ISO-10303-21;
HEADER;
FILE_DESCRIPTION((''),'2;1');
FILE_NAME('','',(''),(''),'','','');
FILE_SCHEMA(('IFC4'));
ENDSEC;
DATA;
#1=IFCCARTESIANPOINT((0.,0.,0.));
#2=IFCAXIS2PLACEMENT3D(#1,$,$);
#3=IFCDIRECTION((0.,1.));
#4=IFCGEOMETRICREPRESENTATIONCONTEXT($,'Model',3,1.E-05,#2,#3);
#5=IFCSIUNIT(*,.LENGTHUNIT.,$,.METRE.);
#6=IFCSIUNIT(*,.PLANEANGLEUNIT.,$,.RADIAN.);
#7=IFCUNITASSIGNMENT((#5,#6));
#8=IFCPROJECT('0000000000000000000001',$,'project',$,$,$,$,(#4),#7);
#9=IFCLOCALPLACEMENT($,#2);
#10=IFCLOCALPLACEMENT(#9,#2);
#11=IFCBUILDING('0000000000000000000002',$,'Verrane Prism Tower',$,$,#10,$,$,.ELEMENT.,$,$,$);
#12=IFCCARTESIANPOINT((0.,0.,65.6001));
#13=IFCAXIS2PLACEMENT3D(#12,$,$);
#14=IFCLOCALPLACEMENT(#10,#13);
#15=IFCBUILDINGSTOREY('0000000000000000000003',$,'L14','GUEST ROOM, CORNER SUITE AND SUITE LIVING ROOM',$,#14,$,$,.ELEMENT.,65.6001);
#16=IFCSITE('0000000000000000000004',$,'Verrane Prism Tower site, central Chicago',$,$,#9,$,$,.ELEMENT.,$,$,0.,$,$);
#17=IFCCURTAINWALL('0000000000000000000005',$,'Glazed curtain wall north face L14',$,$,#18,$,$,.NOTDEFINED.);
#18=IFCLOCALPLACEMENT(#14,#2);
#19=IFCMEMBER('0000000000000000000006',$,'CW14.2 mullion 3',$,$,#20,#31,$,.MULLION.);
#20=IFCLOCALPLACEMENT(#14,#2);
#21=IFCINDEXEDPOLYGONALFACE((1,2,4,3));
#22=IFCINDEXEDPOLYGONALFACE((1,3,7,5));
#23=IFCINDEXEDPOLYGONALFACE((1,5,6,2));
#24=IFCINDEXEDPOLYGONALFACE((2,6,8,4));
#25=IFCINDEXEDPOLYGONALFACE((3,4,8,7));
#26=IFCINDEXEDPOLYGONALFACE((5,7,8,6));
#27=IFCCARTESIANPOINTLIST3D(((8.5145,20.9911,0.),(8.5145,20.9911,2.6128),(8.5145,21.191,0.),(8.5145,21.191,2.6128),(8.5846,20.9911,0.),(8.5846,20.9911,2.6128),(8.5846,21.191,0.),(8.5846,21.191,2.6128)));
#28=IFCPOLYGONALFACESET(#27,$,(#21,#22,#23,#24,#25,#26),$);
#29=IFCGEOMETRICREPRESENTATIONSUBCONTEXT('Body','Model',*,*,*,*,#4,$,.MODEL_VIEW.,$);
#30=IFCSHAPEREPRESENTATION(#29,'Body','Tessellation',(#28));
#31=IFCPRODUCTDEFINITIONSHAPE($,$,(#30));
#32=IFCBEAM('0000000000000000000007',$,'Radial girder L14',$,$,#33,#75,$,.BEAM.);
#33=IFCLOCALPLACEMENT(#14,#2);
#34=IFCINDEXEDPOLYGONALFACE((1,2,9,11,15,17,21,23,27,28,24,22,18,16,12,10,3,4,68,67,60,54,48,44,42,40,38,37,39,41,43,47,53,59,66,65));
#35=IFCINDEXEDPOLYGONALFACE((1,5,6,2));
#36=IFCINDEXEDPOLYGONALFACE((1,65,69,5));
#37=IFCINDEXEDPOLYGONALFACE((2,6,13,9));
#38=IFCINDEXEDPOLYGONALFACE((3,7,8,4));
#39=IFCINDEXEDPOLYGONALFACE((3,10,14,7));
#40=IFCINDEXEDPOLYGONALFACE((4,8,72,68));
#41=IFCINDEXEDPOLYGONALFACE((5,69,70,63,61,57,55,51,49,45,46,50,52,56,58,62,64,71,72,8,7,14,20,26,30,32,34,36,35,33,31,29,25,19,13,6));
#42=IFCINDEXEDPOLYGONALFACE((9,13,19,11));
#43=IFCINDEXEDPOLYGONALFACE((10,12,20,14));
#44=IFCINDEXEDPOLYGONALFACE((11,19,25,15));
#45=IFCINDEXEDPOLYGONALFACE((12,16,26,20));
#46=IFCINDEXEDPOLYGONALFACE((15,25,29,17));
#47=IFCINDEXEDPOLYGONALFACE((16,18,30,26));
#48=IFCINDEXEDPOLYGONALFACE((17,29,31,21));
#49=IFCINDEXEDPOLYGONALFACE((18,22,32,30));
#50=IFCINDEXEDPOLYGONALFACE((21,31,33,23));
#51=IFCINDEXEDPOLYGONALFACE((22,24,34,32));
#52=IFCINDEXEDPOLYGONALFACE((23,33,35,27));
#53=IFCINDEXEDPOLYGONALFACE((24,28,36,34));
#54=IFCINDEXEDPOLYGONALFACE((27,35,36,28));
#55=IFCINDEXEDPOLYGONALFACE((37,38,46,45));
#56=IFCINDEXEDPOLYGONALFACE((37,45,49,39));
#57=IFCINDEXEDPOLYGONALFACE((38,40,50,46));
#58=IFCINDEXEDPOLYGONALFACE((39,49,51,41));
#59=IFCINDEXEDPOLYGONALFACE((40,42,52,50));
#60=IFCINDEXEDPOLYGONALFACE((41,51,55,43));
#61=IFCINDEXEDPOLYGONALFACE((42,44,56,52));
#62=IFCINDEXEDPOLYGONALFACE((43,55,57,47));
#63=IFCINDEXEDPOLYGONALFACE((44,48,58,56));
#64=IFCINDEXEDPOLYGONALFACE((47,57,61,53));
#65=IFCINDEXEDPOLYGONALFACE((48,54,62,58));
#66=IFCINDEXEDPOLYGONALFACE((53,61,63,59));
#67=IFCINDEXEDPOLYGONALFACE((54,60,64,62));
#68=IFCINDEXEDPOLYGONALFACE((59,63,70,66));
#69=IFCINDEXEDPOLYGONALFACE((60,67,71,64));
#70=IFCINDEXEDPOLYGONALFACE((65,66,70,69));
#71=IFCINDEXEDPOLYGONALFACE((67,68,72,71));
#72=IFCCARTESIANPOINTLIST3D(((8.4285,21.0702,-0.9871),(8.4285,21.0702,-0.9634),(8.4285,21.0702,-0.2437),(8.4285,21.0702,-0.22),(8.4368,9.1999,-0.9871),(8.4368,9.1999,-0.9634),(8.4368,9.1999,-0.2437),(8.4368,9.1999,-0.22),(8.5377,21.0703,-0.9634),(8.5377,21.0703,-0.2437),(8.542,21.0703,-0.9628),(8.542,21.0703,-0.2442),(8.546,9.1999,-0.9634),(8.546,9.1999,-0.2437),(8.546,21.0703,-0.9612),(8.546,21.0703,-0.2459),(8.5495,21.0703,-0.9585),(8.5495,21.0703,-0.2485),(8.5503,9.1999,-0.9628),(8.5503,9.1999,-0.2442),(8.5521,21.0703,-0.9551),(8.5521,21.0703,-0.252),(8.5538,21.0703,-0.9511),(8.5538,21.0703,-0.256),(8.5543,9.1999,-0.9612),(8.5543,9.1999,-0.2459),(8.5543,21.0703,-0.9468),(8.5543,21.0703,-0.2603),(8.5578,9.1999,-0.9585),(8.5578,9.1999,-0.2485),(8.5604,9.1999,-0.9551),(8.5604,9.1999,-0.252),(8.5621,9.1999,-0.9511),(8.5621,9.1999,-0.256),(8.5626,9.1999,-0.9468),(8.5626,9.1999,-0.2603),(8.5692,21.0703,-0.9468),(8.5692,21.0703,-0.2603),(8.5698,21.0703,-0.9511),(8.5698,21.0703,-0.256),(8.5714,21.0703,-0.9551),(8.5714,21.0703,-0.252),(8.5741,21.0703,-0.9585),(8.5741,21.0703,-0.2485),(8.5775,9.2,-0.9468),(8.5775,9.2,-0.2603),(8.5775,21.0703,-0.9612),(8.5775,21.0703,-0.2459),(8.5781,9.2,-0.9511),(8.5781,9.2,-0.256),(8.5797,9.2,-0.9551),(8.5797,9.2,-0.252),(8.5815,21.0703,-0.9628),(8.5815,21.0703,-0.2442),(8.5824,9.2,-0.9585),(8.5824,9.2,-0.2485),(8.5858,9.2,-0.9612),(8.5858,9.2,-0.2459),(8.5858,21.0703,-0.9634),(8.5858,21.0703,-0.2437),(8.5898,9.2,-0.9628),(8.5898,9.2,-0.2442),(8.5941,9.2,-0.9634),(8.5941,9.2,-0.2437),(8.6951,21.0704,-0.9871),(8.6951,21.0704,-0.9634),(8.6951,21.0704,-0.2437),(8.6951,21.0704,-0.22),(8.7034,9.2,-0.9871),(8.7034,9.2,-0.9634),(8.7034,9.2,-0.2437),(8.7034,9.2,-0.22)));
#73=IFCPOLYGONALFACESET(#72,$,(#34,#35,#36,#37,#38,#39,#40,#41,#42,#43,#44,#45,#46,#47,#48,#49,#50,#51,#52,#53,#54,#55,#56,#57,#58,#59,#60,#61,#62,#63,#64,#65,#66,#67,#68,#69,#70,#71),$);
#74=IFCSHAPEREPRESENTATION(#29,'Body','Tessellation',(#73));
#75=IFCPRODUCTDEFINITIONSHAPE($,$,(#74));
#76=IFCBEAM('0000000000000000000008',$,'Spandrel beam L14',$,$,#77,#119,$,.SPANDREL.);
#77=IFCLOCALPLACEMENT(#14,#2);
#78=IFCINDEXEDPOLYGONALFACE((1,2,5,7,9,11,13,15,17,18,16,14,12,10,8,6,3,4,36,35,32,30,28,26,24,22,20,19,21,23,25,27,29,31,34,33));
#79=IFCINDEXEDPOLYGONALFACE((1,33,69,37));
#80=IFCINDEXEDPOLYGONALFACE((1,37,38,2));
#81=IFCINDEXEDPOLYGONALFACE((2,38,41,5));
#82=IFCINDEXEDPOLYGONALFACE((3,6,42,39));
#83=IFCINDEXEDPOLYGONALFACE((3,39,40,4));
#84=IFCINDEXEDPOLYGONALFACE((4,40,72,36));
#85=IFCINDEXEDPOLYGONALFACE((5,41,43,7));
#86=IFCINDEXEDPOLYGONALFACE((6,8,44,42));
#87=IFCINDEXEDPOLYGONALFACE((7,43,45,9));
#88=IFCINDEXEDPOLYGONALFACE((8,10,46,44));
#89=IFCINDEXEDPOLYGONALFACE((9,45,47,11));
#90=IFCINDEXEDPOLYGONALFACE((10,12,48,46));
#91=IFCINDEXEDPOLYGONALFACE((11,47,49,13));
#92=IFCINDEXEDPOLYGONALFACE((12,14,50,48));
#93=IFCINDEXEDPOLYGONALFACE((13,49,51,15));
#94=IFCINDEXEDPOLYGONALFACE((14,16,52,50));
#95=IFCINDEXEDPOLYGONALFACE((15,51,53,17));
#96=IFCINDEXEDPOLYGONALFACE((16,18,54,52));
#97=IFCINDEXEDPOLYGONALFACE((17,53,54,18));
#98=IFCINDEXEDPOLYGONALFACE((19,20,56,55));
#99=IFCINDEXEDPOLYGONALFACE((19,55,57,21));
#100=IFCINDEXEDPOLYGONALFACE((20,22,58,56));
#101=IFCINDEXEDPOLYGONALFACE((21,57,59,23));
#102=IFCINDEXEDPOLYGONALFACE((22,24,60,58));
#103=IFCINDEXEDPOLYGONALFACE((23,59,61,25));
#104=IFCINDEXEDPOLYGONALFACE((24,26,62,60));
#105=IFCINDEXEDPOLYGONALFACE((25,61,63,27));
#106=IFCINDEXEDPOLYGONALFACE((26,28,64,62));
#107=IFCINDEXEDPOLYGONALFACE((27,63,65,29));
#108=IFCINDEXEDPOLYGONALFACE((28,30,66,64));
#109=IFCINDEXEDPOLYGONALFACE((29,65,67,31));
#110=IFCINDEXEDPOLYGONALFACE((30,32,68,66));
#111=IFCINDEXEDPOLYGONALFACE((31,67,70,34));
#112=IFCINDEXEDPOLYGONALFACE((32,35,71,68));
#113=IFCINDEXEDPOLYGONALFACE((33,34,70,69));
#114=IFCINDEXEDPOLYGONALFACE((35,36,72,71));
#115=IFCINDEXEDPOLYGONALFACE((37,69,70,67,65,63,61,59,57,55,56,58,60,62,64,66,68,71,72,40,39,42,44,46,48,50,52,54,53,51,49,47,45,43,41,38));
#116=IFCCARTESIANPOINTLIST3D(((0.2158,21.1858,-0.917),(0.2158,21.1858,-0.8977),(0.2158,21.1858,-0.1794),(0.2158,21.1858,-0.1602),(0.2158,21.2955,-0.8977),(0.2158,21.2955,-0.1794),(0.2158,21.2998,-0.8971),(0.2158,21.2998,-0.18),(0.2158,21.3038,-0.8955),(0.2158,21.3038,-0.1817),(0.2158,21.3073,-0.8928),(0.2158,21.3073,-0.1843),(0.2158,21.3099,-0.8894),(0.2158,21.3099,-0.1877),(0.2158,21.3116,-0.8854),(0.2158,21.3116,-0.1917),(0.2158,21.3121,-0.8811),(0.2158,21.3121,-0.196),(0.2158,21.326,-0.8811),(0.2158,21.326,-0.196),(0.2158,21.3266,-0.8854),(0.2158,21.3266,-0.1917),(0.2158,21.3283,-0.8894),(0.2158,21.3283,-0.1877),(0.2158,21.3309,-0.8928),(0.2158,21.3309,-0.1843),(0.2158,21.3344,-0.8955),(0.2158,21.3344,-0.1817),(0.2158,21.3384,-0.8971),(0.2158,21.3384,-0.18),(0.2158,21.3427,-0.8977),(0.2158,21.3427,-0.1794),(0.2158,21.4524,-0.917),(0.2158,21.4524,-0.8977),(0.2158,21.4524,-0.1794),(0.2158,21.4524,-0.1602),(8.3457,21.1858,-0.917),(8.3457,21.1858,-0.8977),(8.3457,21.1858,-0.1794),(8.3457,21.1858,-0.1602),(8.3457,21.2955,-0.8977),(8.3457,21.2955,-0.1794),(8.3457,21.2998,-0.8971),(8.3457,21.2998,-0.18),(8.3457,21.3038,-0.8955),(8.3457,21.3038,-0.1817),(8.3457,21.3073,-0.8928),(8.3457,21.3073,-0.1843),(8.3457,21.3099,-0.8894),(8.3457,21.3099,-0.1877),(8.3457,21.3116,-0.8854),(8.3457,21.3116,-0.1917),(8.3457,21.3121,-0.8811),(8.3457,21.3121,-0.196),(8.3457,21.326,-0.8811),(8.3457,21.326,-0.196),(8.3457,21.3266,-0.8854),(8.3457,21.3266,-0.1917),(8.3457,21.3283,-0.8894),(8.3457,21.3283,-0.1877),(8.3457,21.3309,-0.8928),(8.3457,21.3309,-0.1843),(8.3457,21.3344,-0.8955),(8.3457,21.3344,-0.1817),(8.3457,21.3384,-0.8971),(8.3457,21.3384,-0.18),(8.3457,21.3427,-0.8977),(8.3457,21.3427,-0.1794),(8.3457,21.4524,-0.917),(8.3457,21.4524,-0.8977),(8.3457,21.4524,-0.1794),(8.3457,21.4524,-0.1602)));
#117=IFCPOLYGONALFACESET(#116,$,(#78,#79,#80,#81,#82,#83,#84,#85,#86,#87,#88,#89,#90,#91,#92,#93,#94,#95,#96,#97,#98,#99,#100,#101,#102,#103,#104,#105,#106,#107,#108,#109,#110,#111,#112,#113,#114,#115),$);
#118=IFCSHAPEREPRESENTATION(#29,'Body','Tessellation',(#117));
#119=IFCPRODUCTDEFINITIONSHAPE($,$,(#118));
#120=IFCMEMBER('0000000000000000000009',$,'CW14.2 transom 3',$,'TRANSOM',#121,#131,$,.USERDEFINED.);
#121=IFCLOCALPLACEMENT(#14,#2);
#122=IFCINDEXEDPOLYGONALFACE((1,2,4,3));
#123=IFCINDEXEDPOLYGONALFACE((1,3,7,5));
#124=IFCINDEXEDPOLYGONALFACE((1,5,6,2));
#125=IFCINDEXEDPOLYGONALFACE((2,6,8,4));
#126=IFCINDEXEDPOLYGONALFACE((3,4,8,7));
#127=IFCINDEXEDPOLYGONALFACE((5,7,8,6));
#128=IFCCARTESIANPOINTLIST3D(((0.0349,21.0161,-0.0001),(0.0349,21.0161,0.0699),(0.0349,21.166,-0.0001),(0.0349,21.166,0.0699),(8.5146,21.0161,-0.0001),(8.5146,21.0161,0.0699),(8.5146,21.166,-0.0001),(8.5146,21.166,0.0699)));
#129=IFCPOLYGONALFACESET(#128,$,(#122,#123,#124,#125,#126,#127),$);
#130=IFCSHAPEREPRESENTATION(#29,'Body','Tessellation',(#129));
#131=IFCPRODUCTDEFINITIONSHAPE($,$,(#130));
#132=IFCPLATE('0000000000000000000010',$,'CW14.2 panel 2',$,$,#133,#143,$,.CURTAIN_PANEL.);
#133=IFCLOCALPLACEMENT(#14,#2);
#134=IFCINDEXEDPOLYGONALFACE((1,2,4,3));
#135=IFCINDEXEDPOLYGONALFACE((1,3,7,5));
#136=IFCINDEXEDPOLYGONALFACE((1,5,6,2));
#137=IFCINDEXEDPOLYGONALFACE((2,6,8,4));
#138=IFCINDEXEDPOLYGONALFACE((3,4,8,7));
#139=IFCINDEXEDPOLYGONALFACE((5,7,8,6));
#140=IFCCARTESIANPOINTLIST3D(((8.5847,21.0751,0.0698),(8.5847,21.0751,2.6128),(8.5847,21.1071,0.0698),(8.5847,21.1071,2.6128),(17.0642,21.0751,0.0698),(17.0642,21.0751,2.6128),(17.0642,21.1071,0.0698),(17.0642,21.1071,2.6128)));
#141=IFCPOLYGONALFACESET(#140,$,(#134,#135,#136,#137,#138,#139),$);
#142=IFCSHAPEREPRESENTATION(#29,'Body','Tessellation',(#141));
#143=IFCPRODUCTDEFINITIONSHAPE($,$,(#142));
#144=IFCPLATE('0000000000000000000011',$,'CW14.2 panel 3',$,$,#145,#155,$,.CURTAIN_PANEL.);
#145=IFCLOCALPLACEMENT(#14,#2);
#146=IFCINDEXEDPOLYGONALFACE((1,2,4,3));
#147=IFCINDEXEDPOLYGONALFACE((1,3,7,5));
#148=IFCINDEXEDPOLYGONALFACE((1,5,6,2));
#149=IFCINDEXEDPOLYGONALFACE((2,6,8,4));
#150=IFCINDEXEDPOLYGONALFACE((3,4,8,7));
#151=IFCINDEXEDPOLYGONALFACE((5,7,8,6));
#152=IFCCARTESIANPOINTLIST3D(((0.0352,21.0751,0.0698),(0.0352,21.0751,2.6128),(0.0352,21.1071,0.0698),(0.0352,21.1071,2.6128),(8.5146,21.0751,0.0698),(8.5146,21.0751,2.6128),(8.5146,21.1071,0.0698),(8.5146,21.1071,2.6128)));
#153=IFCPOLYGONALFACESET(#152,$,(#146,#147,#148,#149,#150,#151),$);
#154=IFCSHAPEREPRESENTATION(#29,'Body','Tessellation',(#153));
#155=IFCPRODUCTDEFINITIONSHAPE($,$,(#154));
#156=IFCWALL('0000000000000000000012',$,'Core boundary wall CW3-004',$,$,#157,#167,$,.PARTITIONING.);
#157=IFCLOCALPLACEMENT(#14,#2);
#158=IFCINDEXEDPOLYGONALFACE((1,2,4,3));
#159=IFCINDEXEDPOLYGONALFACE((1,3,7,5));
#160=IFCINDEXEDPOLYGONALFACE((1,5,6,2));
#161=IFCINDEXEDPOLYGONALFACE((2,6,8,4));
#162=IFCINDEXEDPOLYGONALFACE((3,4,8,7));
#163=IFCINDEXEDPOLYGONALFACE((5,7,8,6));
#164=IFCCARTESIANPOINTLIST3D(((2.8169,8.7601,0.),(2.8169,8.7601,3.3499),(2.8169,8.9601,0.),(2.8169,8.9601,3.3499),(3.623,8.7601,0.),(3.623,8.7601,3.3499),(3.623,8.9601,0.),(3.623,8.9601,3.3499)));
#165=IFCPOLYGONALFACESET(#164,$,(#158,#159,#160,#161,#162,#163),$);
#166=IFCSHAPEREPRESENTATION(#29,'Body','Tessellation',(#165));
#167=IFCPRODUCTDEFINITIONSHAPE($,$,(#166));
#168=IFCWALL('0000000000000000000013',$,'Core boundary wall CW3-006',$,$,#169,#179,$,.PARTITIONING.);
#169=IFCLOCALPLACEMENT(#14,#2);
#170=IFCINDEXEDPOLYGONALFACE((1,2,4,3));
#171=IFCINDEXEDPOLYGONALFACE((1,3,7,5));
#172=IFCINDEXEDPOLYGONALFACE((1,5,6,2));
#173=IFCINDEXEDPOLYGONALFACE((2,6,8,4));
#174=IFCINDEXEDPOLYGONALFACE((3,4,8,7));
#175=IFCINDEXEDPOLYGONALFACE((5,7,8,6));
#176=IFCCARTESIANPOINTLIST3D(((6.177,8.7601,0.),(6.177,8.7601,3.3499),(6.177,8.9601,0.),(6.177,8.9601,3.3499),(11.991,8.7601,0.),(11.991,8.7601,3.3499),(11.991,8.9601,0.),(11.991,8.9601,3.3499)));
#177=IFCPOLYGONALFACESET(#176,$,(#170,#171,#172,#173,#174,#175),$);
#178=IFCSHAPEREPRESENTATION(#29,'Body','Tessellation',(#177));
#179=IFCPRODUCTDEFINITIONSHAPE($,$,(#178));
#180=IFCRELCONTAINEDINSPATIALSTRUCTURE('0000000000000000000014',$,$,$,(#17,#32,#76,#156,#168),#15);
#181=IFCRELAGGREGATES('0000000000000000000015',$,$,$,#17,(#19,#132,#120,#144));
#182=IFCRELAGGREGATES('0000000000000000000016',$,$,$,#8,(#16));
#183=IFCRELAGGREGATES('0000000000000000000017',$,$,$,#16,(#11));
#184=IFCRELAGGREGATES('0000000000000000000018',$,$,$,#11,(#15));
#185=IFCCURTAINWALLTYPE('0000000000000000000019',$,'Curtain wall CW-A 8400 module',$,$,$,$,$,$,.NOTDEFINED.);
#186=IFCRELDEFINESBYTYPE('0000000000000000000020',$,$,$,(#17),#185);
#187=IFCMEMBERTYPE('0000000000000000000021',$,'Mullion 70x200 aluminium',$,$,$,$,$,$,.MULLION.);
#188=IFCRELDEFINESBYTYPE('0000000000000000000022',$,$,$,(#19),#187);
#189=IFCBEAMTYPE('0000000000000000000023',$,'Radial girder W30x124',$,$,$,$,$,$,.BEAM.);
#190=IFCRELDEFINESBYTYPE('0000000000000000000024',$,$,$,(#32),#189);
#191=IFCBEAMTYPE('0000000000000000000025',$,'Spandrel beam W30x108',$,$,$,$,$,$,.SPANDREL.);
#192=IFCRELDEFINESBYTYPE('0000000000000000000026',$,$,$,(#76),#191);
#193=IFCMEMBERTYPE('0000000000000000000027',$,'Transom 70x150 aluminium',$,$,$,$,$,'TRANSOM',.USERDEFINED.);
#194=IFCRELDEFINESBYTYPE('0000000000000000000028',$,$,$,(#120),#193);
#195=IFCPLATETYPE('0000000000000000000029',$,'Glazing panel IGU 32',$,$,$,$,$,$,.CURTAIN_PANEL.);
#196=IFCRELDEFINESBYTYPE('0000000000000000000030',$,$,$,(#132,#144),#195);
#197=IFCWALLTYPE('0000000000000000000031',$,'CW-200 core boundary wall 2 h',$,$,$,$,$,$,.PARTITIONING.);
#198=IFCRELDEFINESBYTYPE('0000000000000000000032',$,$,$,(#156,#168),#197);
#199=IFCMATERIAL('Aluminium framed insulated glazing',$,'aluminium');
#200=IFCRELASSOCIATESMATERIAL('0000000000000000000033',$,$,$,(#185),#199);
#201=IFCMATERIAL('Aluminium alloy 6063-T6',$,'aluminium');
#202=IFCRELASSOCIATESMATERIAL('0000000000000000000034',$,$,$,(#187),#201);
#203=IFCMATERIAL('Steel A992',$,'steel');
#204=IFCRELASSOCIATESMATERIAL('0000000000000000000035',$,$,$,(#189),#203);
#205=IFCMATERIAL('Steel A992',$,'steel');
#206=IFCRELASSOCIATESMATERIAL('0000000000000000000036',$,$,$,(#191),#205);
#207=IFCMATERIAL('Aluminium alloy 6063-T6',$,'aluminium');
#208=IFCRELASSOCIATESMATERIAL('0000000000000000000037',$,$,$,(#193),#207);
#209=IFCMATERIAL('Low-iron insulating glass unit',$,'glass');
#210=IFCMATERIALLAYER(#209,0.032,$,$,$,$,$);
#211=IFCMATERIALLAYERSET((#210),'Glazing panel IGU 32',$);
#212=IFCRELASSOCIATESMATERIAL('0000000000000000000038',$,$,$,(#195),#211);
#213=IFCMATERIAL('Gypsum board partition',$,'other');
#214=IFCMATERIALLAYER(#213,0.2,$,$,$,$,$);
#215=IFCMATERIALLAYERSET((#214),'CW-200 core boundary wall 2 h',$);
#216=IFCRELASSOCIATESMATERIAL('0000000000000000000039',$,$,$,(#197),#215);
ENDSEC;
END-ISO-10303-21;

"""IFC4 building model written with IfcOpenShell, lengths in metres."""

from ifc_helpers import new_model, si_unit, direction, frame, frame_2d, origin, origin_2d, place, context, subcontext, project, spatial, rectangle, i_section, extrude, material, layer, layer_set, material_profile, profile_set, type_object, element, aggregate, save


model = new_model("IFC4")

# Units and contexts
model_context = context("Model", 3, precision=1e-05, world=origin(), true_north=direction((0.0, 1.0)))
body_context = subcontext(model_context, "Body", "Model", "MODEL_VIEW")
ifc_project = project(units=[si_unit("LENGTHUNIT", "METRE"), si_unit("PLANEANGLEUNIT", "RADIAN")], contexts=[model_context])

# Site, building, storey
site_placement = place(None, origin())
site = spatial("IfcSite", under=ifc_project, at=site_placement, Name="Verrane Prism Tower site, central Chicago", CompositionType="ELEMENT", RefElevation=0.0)
building_placement = place(site_placement, origin())
building = spatial("IfcBuilding", under=site, at=building_placement, Name="Verrane Prism Tower", CompositionType="ELEMENT")
storey_placement = place(building_placement, frame((0.0, 0.0, 65.6001)))
storey = spatial("IfcBuildingStorey", under=building, at=storey_placement, Name="L14", Description="GUEST ROOM, CORNER SUITE AND SUITE LIVING ROOM", CompositionType="ELEMENT", Elevation=65.6001)

# Curtain wall, member
ifc_material_1 = material(Name="Aluminium framed insulated glazing", Category="aluminium")
curtain_wall_type = type_object("IfcCurtainWallType", Name="Curtain wall CW-A 8400 module", PredefinedType="NOTDEFINED", material=ifc_material_1)
curtain_wall_placement = place(storey_placement, origin())
curtain_wall = element("IfcCurtainWall", 1, at=curtain_wall_placement, inside=storey, type_object=curtain_wall_type, Name="Glazed curtain wall north face L14", PredefinedType="NOTDEFINED")
ifc_material_2 = material(Name="Aluminium alloy 6063-T6", Category="aluminium")
ifc_material_profile_1 = material_profile(ifc_material_2, rectangle(XDim=0.2, YDim=0.0701, at=origin_2d()), Name="Mullion 70x200 aluminium")
ifc_profile_set_1 = profile_set([ifc_material_profile_1], Name="Aluminium alloy 6063-T6")
member_type_1 = type_object("IfcMemberType", Name="Mullion 70x200 aluminium", PredefinedType="MULLION", material=ifc_profile_set_1)
member_1_placement = place(storey_placement, frame((8.5496, 21.0911, 0.0), z_axis=(0.0, 0.0, 1.0), x_axis=(0.0, -1.0, 0.0)))
member_1 = element("IfcMember", 2, at=member_1_placement, type_object=member_type_1, Name="CW14.2 mullion 3", PredefinedType="MULLION", context=body_context, shape_type="SweptSolid", body=[
    extrude(rectangle(XDim=0.2, YDim=0.0701, at=origin_2d()), origin(), (0.0, 0.0, 1.0), 2.6128),
])

# Beams
ifc_material_3 = material(Name="Steel A992", Category="steel")
ifc_material_profile_2 = material_profile(ifc_material_3, i_section(OverallWidth=0.2666, OverallDepth=0.7671, WebThickness=0.0149, FlangeThickness=0.0237, FilletRadius=0.0166, at=origin_2d()), Name="W30x124")
ifc_profile_set_2 = profile_set([ifc_material_profile_2], Name="Steel A992")
beam_type_1 = type_object("IfcBeamType", Name="Radial girder W30x124", PredefinedType="BEAM", material=ifc_profile_set_2)
beam_1_placement = place(storey_placement, frame((8.5618, 21.0703, -0.6035), z_axis=(0.000699, -1.0, 0.0), x_axis=(1.0, 0.000699, 0.0)))
element("IfcBeam", 3, at=beam_1_placement, inside=storey, type_object=beam_type_1, Name="Radial girder L14", PredefinedType="BEAM", context=body_context, shape_type="SweptSolid", body=[
    extrude(i_section(OverallWidth=0.2666, OverallDepth=0.7671, WebThickness=0.0149, FlangeThickness=0.0237, FilletRadius=0.0166, at=origin_2d()), origin(), (0.0, 0.0, 1.0), 11.8704),
])
ifc_material_4 = material(Name="Steel A992", Category="steel")
ifc_material_profile_3 = material_profile(ifc_material_4, i_section(OverallWidth=0.2666, OverallDepth=0.7568, WebThickness=0.0139, FlangeThickness=0.0193, FilletRadius=0.0166, at=origin_2d()), Name="W30x108")
ifc_profile_set_3 = profile_set([ifc_material_profile_3], Name="Steel A992")
beam_type_2 = type_object("IfcBeamType", Name="Spandrel beam W30x108", PredefinedType="SPANDREL", material=ifc_profile_set_3)
beam_2_placement = place(storey_placement, frame((8.3457, 21.3191, -0.5386), z_axis=(-1.0, 0.0, 0.0), x_axis=(0.0, -1.0, 0.0)))
element("IfcBeam", 4, at=beam_2_placement, inside=storey, type_object=beam_type_2, Name="Spandrel beam L14", PredefinedType="SPANDREL", context=body_context, shape_type="SweptSolid", body=[
    extrude(i_section(OverallWidth=0.2666, OverallDepth=0.7568, WebThickness=0.0139, FlangeThickness=0.0193, FilletRadius=0.0166, at=origin_2d()), origin(), (0.0, 0.0, 1.0), 8.1299),
])

# Member
ifc_material_5 = material(Name="Aluminium alloy 6063-T6", Category="aluminium")
ifc_material_profile_4 = material_profile(ifc_material_5, rectangle(XDim=0.1499, YDim=0.0701, at=origin_2d()), Name="Transom 70x150 aluminium")
ifc_profile_set_4 = profile_set([ifc_material_profile_4], Name="Aluminium alloy 6063-T6")
member_type_2 = type_object("IfcMemberType", Name="Transom 70x150 aluminium", ElementType="TRANSOM", PredefinedType="USERDEFINED", material=ifc_profile_set_4)
member_2_placement = place(storey_placement, frame((8.5146, 21.0911, 0.0349), z_axis=(-1.0, 0.0, 0.0), x_axis=(0.0, -1.0, 0.0)))
member_2 = element("IfcMember", 5, at=member_2_placement, type_object=member_type_2, Name="CW14.2 transom 3", ObjectType="TRANSOM", PredefinedType="USERDEFINED", context=body_context, shape_type="SweptSolid", body=[
    extrude(rectangle(XDim=0.1499, YDim=0.0701, at=origin_2d()), origin(), (0.0, 0.0, 1.0), 8.4797),
])

# Plates
ifc_material_6 = material(Name="Low-iron insulating glass unit", Category="glass")
ifc_layer_1 = layer(ifc_material_6, 0.032)
ifc_layer_set_1 = layer_set([ifc_layer_1], Name="Glazing panel IGU 32")
plate_type = type_object("IfcPlateType", Name="Glazing panel IGU 32", PredefinedType="CURTAIN_PANEL", material=ifc_layer_set_1)
plate_1_placement = place(storey_placement, frame((12.8245, 21.0911, 0.0698), z_axis=(0.0, 0.0, 1.0), x_axis=(-1.0, 0.0, 0.0)))
plate_1 = element("IfcPlate", 6, at=plate_1_placement, type_object=plate_type, Name="CW14.2 panel 2", PredefinedType="CURTAIN_PANEL", context=body_context, shape_type="SweptSolid", body=[
    extrude(rectangle(XDim=8.4795, YDim=0.032, at=origin_2d()), origin(), (0.0, 0.0, 1.0), 2.543),
])
plate_2_placement = place(storey_placement, frame((4.2749, 21.0911, 0.0698), z_axis=(0.0, 0.0, 1.0), x_axis=(-1.0, 0.0, 0.0)))
plate_2 = element("IfcPlate", 7, at=plate_2_placement, type_object=plate_type, Name="CW14.2 panel 3", PredefinedType="CURTAIN_PANEL", context=body_context, shape_type="SweptSolid", body=[
    extrude(rectangle(XDim=8.4795, YDim=0.032, at=origin_2d()), origin(), (0.0, 0.0, 1.0), 2.543),
])
aggregate(curtain_wall, [member_1, plate_1, member_2, plate_2])

# Walls
ifc_material_7 = material(Name="Gypsum board partition", Category="other")
ifc_layer_2 = layer(ifc_material_7, 0.2)
ifc_layer_set_2 = layer_set([ifc_layer_2], Name="CW-200 core boundary wall 2 h")
wall_type_1 = type_object("IfcWallType", Name="CW-200 core boundary wall 2 h", PredefinedType="PARTITIONING", material=ifc_layer_set_2)
wall_1_placement = place(storey_placement, frame((2.8169, 8.8601, 0.0), z_axis=(0.0, 0.0, 1.0), x_axis=(1.0, 0.0, 0.0)))
element("IfcWall", 8, at=wall_1_placement, inside=storey, type_object=wall_type_1, Name="Core boundary wall CW3-004", PredefinedType="PARTITIONING", context=body_context, shape_type="SweptSolid", body=[
    extrude(rectangle(XDim=0.8062, YDim=0.2, at=frame_2d((0.4031, 0.0))), origin(), (0.0, 0.0, 1.0), 3.3499),
])
wall_2_placement = place(storey_placement, frame((6.177, 8.8601, 0.0), z_axis=(0.0, 0.0, 1.0), x_axis=(1.0, 0.0, 0.0)))
element("IfcWall", 9, at=wall_2_placement, inside=storey, type_object=wall_type_1, Name="Core boundary wall CW3-006", PredefinedType="PARTITIONING", context=body_context, shape_type="SweptSolid", body=[
    extrude(rectangle(XDim=5.814, YDim=0.2, at=frame_2d((2.907, 0.0))), origin(), (0.0, 0.0, 1.0), 3.3499),
])

save(model, "model.ifc")
